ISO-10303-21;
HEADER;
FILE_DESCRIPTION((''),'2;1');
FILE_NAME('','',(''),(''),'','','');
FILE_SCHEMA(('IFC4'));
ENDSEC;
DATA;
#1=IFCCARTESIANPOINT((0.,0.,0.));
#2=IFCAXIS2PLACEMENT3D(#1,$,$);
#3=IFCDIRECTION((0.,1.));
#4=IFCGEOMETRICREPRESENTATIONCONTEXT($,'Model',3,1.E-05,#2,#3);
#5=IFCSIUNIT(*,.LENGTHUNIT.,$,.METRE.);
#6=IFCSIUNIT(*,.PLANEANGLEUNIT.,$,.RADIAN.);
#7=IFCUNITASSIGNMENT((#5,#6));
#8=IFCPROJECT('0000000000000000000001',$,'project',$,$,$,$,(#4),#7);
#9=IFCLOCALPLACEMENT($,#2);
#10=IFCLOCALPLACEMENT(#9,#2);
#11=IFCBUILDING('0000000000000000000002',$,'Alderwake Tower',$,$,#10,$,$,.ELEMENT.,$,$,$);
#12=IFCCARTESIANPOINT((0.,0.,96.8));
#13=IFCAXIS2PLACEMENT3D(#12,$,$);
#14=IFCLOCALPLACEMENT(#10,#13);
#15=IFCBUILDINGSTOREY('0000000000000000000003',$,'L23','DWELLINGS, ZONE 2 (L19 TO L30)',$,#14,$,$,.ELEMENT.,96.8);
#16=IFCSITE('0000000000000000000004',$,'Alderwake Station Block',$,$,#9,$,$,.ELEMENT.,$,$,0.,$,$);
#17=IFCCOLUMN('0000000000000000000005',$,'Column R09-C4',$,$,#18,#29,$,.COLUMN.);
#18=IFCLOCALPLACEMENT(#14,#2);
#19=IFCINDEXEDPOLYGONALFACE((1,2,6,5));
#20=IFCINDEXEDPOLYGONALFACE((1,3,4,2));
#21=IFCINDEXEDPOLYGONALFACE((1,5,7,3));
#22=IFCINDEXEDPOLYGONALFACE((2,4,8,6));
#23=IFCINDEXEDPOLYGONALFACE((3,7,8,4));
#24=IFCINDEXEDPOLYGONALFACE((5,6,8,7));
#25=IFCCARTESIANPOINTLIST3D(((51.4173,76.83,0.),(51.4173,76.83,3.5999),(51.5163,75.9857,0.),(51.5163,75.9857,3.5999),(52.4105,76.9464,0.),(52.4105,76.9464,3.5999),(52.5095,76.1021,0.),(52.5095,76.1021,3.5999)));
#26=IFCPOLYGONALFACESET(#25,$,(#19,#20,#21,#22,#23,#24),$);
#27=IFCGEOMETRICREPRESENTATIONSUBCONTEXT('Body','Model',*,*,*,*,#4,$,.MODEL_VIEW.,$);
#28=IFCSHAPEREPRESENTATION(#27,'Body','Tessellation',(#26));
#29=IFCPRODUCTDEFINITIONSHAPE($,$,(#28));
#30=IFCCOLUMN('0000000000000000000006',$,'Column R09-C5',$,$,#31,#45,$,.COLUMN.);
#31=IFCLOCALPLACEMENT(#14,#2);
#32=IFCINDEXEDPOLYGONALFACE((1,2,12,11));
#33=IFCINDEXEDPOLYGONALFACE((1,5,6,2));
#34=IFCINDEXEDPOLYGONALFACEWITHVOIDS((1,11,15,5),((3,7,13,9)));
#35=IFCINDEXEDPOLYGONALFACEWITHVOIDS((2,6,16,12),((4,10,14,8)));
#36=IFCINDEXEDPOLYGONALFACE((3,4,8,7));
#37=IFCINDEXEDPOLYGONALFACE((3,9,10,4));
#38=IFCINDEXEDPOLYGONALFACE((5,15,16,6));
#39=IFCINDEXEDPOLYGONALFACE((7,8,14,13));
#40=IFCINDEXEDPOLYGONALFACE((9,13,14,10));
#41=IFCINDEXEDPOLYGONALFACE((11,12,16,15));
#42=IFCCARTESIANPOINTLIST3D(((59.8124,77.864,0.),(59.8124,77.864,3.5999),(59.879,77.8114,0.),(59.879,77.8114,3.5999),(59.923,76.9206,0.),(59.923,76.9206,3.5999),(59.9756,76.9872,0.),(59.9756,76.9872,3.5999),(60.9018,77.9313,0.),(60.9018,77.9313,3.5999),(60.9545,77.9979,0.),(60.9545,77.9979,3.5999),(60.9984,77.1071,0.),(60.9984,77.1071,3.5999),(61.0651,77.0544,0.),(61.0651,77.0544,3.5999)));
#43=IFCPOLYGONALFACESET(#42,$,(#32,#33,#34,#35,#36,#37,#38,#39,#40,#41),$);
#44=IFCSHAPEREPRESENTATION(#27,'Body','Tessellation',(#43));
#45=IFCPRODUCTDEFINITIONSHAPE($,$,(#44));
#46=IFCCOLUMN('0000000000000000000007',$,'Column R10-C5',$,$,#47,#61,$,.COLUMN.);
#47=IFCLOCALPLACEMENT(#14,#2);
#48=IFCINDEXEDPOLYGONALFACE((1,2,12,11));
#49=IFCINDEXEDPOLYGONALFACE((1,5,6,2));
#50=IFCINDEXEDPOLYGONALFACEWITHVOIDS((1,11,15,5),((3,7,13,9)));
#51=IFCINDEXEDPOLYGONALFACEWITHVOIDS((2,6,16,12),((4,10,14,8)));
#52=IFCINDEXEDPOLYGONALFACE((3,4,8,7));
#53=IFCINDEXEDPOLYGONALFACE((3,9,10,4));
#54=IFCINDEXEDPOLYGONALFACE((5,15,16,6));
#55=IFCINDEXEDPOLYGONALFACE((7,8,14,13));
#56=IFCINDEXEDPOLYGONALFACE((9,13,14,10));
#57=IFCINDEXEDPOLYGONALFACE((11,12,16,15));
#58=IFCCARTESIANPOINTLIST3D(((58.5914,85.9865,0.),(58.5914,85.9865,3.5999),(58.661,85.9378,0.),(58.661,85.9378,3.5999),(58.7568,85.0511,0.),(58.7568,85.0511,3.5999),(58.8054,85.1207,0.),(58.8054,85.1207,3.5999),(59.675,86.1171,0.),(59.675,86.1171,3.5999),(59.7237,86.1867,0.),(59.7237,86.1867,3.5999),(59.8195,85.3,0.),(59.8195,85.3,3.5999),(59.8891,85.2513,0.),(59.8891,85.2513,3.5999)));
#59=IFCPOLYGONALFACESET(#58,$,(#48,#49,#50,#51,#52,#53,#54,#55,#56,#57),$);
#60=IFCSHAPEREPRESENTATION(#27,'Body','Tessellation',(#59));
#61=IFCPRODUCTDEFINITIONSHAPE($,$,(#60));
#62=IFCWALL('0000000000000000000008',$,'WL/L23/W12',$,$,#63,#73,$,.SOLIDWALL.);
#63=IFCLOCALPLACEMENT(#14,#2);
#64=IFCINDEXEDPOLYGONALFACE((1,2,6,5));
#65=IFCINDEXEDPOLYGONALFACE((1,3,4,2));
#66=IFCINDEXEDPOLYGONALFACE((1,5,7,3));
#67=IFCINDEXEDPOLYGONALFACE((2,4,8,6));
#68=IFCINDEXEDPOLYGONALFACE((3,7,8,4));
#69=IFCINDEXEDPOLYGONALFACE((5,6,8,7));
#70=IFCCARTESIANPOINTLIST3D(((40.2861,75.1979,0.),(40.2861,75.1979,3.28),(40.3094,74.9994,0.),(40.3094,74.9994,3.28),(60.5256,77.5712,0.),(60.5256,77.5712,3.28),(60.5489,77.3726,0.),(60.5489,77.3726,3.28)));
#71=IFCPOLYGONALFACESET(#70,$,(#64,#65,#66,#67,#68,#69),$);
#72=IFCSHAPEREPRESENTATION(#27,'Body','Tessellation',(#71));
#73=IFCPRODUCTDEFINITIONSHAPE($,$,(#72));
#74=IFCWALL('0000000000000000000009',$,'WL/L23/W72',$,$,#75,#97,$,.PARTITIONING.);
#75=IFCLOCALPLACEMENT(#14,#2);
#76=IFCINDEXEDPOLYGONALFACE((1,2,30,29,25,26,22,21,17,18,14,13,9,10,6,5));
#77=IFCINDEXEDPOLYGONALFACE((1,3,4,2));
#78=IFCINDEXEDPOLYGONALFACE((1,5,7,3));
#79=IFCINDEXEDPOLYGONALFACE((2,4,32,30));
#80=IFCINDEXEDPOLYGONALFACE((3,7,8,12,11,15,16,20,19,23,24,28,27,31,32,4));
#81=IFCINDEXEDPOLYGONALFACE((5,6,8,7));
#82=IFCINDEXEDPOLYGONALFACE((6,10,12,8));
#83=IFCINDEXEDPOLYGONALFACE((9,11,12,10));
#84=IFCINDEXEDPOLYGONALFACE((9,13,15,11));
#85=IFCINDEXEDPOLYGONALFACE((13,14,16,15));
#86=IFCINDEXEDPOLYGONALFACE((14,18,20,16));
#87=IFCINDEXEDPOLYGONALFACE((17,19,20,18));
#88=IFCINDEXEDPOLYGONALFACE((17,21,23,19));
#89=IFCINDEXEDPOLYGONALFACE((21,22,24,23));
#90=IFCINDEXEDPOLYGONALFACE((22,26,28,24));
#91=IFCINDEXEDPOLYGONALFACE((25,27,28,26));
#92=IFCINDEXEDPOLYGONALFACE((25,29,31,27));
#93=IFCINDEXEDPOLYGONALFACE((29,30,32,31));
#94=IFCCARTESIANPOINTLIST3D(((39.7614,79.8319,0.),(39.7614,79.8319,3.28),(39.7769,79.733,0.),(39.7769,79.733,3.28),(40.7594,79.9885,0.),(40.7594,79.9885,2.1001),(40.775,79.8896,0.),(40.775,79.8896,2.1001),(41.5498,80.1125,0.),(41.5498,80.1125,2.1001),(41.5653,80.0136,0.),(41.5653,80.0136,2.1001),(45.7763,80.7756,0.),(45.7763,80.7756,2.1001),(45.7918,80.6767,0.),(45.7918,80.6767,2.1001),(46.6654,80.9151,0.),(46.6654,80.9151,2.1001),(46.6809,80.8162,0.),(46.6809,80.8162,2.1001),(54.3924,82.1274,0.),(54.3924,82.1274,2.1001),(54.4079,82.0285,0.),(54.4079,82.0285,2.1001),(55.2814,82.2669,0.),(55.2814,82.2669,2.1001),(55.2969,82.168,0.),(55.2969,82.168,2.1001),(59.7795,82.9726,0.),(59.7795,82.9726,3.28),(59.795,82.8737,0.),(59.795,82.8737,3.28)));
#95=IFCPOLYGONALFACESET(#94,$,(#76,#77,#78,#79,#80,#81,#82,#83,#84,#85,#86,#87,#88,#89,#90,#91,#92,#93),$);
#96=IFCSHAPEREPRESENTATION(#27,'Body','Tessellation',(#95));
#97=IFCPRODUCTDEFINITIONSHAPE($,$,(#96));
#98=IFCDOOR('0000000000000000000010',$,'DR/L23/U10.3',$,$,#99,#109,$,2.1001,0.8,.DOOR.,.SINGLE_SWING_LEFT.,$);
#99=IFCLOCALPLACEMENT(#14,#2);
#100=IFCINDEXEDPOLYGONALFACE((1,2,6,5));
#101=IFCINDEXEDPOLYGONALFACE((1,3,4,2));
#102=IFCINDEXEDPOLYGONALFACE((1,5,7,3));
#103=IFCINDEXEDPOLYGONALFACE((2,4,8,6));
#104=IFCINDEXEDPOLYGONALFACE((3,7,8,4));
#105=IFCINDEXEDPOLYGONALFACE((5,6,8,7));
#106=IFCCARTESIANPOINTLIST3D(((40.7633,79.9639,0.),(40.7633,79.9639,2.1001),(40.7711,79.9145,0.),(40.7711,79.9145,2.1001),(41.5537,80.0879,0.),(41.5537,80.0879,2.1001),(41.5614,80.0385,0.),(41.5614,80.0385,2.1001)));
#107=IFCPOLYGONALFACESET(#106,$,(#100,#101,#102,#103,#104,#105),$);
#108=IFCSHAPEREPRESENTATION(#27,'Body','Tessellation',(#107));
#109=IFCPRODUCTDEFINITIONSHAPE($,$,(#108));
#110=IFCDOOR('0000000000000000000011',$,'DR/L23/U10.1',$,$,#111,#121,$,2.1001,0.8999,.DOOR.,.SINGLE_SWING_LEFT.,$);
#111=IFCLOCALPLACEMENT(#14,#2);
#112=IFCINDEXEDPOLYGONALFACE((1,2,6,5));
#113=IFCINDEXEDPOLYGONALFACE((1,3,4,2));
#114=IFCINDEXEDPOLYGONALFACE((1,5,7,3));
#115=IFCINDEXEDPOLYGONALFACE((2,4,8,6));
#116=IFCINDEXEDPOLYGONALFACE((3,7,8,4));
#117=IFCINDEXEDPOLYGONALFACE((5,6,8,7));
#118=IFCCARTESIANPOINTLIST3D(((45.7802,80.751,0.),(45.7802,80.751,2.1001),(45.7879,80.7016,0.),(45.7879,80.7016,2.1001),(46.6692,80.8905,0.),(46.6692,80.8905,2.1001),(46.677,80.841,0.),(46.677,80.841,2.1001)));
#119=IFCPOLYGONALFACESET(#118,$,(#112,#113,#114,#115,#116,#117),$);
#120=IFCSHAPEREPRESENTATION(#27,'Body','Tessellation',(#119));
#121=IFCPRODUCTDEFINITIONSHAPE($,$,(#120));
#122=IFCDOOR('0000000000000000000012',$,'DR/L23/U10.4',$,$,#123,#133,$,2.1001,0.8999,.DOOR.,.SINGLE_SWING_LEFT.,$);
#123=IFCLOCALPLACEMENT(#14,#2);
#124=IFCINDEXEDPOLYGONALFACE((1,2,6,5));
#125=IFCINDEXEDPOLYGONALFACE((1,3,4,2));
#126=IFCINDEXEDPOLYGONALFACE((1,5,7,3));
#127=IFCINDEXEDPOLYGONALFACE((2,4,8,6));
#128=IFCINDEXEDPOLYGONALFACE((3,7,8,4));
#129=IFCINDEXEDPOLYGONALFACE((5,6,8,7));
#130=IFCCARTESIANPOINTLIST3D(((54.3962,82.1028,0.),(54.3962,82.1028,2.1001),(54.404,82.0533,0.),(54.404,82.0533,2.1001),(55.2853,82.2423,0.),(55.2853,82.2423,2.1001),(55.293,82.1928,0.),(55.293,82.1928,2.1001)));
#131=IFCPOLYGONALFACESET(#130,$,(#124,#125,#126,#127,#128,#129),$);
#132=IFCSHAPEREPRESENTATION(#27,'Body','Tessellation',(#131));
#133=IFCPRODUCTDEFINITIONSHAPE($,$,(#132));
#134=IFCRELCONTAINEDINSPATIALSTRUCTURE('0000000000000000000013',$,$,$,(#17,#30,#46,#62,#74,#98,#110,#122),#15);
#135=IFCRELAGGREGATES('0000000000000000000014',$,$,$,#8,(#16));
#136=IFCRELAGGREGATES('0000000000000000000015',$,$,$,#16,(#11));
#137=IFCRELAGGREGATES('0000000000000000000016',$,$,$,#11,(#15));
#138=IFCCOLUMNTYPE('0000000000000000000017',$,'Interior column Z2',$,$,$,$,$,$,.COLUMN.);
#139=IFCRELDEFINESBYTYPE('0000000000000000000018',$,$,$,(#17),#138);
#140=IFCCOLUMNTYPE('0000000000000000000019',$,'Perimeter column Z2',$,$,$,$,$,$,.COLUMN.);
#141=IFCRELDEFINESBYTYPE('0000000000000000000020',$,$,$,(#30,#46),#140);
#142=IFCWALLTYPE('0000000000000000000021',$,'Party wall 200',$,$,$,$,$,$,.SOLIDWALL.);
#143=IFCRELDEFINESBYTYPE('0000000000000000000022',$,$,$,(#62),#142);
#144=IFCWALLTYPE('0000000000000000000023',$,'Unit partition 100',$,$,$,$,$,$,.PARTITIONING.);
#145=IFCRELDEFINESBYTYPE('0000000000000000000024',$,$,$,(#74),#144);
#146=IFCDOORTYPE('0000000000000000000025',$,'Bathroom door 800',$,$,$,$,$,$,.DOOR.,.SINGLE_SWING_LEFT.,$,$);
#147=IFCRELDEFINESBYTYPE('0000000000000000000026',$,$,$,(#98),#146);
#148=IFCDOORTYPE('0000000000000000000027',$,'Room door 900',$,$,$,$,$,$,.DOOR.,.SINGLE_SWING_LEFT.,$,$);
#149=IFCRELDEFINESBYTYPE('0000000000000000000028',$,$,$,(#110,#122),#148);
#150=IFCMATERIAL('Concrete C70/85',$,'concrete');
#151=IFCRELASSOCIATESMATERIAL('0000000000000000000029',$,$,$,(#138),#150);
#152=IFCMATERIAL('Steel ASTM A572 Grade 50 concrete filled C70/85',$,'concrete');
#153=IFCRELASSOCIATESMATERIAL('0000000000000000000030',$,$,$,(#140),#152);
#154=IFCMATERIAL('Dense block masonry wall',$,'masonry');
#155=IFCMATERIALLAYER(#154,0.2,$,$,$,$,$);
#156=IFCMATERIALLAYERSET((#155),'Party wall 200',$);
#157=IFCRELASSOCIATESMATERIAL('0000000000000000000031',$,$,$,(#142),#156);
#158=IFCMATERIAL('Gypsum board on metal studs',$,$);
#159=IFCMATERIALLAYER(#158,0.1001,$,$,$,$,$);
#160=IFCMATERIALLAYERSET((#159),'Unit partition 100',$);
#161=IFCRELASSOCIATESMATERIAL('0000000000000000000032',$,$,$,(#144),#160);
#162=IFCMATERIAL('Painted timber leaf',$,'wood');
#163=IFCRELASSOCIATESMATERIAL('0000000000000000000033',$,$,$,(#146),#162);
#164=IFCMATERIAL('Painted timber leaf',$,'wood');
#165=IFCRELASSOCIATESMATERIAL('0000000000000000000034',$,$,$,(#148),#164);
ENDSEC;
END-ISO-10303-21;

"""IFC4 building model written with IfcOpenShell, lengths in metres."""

from ifc_helpers import new_model, si_unit, direction, frame, frame_2d, origin, origin_2d, place, context, subcontext, project, spatial, rectangle, hollow_rectangle, extrude, material, layer, layer_set, material_profile, profile_set, type_object, element, fill, save


model = new_model("IFC4")

# Units and contexts
model_context = context("Model", 3, precision=1e-05, world=origin(), true_north=direction((0.0, 1.0)))
body_context = subcontext(model_context, "Body", "Model", "MODEL_VIEW")
ifc_project = project(units=[si_unit("LENGTHUNIT", "METRE"), si_unit("PLANEANGLEUNIT", "RADIAN")], contexts=[model_context])

# Site, building, storey
site_placement = place(None, origin())
site = spatial("IfcSite", under=ifc_project, at=site_placement, Name="Alderwake Station Block", CompositionType="ELEMENT", RefElevation=0.0)
building_placement = place(site_placement, origin())
building = spatial("IfcBuilding", under=site, at=building_placement, Name="Alderwake Tower", CompositionType="ELEMENT")
storey_placement = place(building_placement, frame((0.0, 0.0, 96.8)))
storey = spatial("IfcBuildingStorey", under=building, at=storey_placement, Name="L23", Description="DWELLINGS, ZONE 2 (L19 TO L30)", CompositionType="ELEMENT", Elevation=96.8)

# Columns
ifc_material_1 = material(Name="Concrete C70/85", Category="concrete")
ifc_material_profile_1 = material_profile(ifc_material_1, rectangle(XDim=0.8501, YDim=1.0, at=origin_2d()), Name="RC 1000X850")
ifc_profile_set_1 = profile_set([ifc_material_profile_1], Name="Concrete C70/85")
column_type_1 = type_object("IfcColumnType", Name="Interior column Z2", PredefinedType="COLUMN", material=ifc_profile_set_1)
column_placement = place(storey_placement, frame((51.9634, 76.4661, 0.0), z_axis=(0.0, 0.0, 1.0), x_axis=(-0.116402, 0.993202, 0.0)))
element("IfcColumn", 1, at=column_placement, inside=storey, type_object=column_type_1, Name="Column R09-C4", PredefinedType="COLUMN", context=body_context, shape_type="SweptSolid", body=[
    extrude(rectangle(XDim=0.8501, YDim=1.0, at=origin_2d()), origin(), (0.0, 0.0, 1.0), 3.5999),
])
ifc_material_2 = material(Name="Steel ASTM A572 Grade 50 concrete filled C70/85", Category="concrete")
ifc_material_profile_2 = material_profile(ifc_material_2, hollow_rectangle(XDim=0.95, YDim=1.1499, WallThickness=0.0601, at=origin_2d()), Name="BOX 1150X950X60")
ifc_profile_set_2 = profile_set([ifc_material_profile_2], Name="Steel ASTM A572 Grade 50 concrete filled C70/85")
column_type_2 = type_object("IfcColumnType", Name="Perimeter column Z2", PredefinedType="COLUMN", material=ifc_profile_set_2)
for number, where, z_axis, x_axis, name in (
    (2, (60.4387, 77.4592, 0.0), (0.0, 0.0, 1.0), (-0.116402, 0.993202, 0.0), "Column R09-C5"),
    (3, (59.2402, 85.6189, 0.0), (0.0, 0.0, 1.0), (-0.174109, 0.984726, 0.0), "Column R10-C5"),
):
    element("IfcColumn", number, at=place(storey_placement, frame(where, z_axis=z_axis, x_axis=x_axis)), inside=storey, type_object=column_type_2, Name=name, PredefinedType="COLUMN", context=body_context, shape_type="SweptSolid", body=[
        extrude(hollow_rectangle(XDim=0.95, YDim=1.1499, WallThickness=0.0601, at=origin_2d()), origin(), (0.0, 0.0, 1.0), 3.5999),
    ])

# Wall
ifc_material_3 = material(Name="Dense block masonry wall", Category="masonry")
ifc_layer_1 = layer(ifc_material_3, 0.2)
ifc_layer_set_1 = layer_set([ifc_layer_1], Name="Party wall 200")
wall_type_1 = type_object("IfcWallType", Name="Party wall 200", PredefinedType="SOLIDWALL", material=ifc_layer_set_1)
wall_1_placement = place(storey_placement, frame((60.5371, 77.4719, 0.0), z_axis=(0.0, 0.0, 1.0), x_axis=(-0.993195, -0.116462, 0.0)))
element("IfcWall", 4, at=wall_1_placement, inside=storey, type_object=wall_type_1, Name="WL/L23/W12", PredefinedType="SOLIDWALL", context=body_context, shape_type="SweptSolid", body=[
    extrude(rectangle(XDim=20.3782, YDim=0.2, at=frame_2d((10.189, 0.0))), origin(), (0.0, 0.0, 1.0), 3.28),
])

# Wall, openings, doors
ifc_material_4 = material(Name="Gypsum board on metal studs")
ifc_layer_2 = layer(ifc_material_4, 0.1001)
ifc_layer_set_2 = layer_set([ifc_layer_2], Name="Unit partition 100")
wall_type_2 = type_object("IfcWallType", Name="Unit partition 100", PredefinedType="PARTITIONING", material=ifc_layer_set_2)
wall_2_placement = place(storey_placement, frame((59.7871, 82.9231, 0.0), z_axis=(0.0, 0.0, 1.0), x_axis=(-0.987915, -0.154994, 0.0)))
wall_2 = element("IfcWall", 5, at=wall_2_placement, inside=storey, type_object=wall_type_2, Name="WL/L23/W72", PredefinedType="PARTITIONING", context=body_context, shape_type="SweptSolid", body=[
    extrude(rectangle(XDim=20.2629, YDim=0.1001, at=frame_2d((10.1313, 0.0))), origin(), (0.0, 0.0, 1.0), 3.28),
])
opening_1_placement = place(wall_2_placement, frame((13.2744, 0.0, 0.0)))
opening_1 = element("IfcOpeningElement", 6, at=opening_1_placement, cuts=wall_2, PredefinedType="OPENING", context=body_context, shape_type="SweptSolid", body=[
    extrude(rectangle(XDim=0.8999, YDim=2.1001, at=frame_2d((0.45, 1.05))), frame((0.0, 0.0601, 0.0), z_axis=(0.0, -1.0, 0.0), x_axis=(1.0, 0.0, 0.0)), (0.0, 0.0, 1.0), 0.1201),
])
opening_2_placement = place(wall_2_placement, frame((18.4526, 0.0, 0.0)))
opening_2 = element("IfcOpeningElement", 7, at=opening_2_placement, cuts=wall_2, PredefinedType="OPENING", context=body_context, shape_type="SweptSolid", body=[
    extrude(rectangle(XDim=0.8, YDim=2.1001, at=frame_2d((0.3999, 1.05))), frame((0.0, 0.0601, 0.0), z_axis=(0.0, -1.0, 0.0), x_axis=(1.0, 0.0, 0.0)), (0.0, 0.0, 1.0), 0.1201),
])
opening_3_placement = place(wall_2_placement, frame((4.553, 0.0, 0.0)))
opening_3 = element("IfcOpeningElement", 8, at=opening_3_placement, cuts=wall_2, PredefinedType="OPENING", context=body_context, shape_type="SweptSolid", body=[
    extrude(rectangle(XDim=0.8999, YDim=2.1001, at=frame_2d((0.45, 1.05))), frame((0.0, 0.0601, 0.0), z_axis=(0.0, -1.0, 0.0), x_axis=(1.0, 0.0, 0.0)), (0.0, 0.0, 1.0), 0.1201),
])
ifc_material_5 = material(Name="Painted timber leaf", Category="wood")
door_type_1 = type_object("IfcDoorType", Name="Bathroom door 800", OperationType="SINGLE_SWING_LEFT", PredefinedType="DOOR", material=ifc_material_5)
door_1_placement = place(opening_2_placement, origin())
door_1 = element("IfcDoor", 9, at=door_1_placement, inside=storey, type_object=door_type_1, Name="DR/L23/U10.3", OperationType="SINGLE_SWING_LEFT", OverallHeight=2.1001, OverallWidth=0.8, PredefinedType="DOOR", context=body_context, shape_type="SweptSolid", body=[
    extrude(rectangle(XDim=0.8, YDim=2.1001, at=frame_2d((0.3999, 1.05))), frame((0.0, 0.0249, 0.0), z_axis=(0.0, -1.0, 0.0), x_axis=(1.0, 0.0, 0.0)), (0.0, 0.0, 1.0), 0.05),
])
fill(opening_2, door_1)
ifc_material_6 = material(Name="Painted timber leaf", Category="wood")
door_type_2 = type_object("IfcDoorType", Name="Room door 900", OperationType="SINGLE_SWING_LEFT", PredefinedType="DOOR", material=ifc_material_6)
door_2_placement = place(opening_1_placement, origin())
door_2 = element("IfcDoor", 10, at=door_2_placement, inside=storey, type_object=door_type_2, Name="DR/L23/U10.1", OperationType="SINGLE_SWING_LEFT", OverallHeight=2.1001, OverallWidth=0.8999, PredefinedType="DOOR", context=body_context, shape_type="SweptSolid", body=[
    extrude(rectangle(XDim=0.8999, YDim=2.1001, at=frame_2d((0.45, 1.05))), frame((0.0, 0.0249, 0.0), z_axis=(0.0, -1.0, 0.0), x_axis=(1.0, 0.0, 0.0)), (0.0, 0.0, 1.0), 0.05),
])
fill(opening_1, door_2)
door_3_placement = place(opening_3_placement, origin())
door_3 = element("IfcDoor", 11, at=door_3_placement, inside=storey, type_object=door_type_2, Name="DR/L23/U10.4", OperationType="SINGLE_SWING_LEFT", OverallHeight=2.1001, OverallWidth=0.8999, PredefinedType="DOOR", context=body_context, shape_type="SweptSolid", body=[
    extrude(rectangle(XDim=0.8999, YDim=2.1001, at=frame_2d((0.45, 1.05))), frame((0.0, 0.0249, 0.0), z_axis=(0.0, -1.0, 0.0), x_axis=(1.0, 0.0, 0.0)), (0.0, 0.0, 1.0), 0.05),
])
fill(opening_3, door_3)

save(model, "model.ifc")
